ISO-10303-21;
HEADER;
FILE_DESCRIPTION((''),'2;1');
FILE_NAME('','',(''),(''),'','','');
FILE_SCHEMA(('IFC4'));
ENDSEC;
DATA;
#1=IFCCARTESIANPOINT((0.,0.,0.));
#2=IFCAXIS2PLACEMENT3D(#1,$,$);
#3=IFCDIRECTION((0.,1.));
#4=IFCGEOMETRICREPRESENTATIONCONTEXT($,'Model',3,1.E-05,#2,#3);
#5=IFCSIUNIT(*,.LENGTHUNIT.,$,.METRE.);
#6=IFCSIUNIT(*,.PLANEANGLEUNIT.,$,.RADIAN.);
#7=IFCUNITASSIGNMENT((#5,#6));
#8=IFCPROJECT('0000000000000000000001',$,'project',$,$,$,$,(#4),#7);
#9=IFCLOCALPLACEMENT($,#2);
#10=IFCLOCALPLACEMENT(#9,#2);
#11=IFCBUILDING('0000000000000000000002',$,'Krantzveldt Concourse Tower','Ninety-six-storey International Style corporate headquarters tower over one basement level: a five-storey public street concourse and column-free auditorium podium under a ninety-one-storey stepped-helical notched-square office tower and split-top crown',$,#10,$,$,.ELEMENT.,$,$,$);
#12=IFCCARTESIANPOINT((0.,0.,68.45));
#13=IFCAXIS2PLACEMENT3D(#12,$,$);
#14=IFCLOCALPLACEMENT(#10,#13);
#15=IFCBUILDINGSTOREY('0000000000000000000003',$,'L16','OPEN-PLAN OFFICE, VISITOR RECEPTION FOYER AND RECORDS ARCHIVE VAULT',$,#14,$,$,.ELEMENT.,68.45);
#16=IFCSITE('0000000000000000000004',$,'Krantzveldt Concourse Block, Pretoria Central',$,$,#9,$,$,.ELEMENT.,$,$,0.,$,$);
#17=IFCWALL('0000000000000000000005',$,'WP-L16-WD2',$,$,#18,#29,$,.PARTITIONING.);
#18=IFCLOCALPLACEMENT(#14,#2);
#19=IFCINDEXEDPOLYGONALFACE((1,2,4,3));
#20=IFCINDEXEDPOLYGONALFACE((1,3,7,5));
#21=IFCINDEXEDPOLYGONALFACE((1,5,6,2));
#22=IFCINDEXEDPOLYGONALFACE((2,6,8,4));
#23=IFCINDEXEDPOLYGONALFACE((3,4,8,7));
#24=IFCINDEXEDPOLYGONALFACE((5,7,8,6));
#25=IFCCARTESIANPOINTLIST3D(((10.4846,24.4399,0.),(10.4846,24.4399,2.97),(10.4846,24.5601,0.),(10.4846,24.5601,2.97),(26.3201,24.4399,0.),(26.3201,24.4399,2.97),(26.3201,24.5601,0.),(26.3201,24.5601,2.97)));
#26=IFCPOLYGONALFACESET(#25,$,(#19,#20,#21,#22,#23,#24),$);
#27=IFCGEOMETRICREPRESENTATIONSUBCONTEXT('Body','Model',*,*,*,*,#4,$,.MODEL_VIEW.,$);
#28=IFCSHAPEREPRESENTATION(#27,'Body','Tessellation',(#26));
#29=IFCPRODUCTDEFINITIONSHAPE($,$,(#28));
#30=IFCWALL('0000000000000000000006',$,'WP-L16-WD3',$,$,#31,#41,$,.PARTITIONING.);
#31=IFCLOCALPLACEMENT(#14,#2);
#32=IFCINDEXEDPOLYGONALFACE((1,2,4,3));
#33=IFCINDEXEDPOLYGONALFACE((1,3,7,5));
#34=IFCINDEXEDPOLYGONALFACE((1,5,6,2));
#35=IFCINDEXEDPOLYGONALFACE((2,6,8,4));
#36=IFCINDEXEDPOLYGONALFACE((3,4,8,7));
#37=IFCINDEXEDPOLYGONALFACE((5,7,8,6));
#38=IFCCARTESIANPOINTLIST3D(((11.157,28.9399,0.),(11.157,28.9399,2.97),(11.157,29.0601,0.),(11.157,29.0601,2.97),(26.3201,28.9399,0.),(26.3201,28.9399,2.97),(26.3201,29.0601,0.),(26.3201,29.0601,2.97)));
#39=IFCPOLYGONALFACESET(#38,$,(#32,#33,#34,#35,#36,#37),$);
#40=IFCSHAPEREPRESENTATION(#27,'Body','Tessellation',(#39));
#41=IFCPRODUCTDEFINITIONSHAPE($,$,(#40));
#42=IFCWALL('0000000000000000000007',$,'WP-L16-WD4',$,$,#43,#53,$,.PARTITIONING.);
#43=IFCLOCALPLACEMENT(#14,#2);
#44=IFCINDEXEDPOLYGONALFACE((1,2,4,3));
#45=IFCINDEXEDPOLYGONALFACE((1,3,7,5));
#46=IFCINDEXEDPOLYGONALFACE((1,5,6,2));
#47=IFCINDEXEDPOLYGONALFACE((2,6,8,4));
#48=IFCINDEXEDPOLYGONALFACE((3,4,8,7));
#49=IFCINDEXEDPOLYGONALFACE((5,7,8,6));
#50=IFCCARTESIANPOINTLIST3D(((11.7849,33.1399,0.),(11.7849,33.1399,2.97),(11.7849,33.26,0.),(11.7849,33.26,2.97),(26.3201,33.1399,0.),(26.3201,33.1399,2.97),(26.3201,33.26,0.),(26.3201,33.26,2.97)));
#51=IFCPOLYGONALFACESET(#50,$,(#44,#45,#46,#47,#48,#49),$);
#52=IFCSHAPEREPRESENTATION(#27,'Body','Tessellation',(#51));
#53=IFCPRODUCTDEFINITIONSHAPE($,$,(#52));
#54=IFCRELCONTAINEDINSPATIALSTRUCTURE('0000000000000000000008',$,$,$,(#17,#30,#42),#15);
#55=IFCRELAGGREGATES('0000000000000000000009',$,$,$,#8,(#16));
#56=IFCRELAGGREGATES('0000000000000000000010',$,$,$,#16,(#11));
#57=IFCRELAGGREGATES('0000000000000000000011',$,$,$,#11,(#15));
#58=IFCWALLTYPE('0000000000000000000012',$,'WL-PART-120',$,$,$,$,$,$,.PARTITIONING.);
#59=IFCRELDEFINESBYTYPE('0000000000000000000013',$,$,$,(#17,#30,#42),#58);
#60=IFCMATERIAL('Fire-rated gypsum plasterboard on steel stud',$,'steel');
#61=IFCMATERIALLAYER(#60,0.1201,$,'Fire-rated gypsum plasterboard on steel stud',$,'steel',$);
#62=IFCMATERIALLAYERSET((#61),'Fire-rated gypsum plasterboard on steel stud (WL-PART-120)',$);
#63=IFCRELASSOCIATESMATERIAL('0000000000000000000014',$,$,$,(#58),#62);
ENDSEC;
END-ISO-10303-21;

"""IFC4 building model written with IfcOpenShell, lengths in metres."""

from ifc_helpers import new_model, si_unit, direction, frame, frame_2d, origin, place, context, subcontext, project, spatial, rectangle, extrude, material, layer, layer_set, type_object, element, save


model = new_model("IFC4")

# Units and contexts
model_context = context("Model", 3, precision=1e-05, world=origin(), true_north=direction((0.0, 1.0)))
body_context = subcontext(model_context, "Body", "Model", "MODEL_VIEW")
ifc_project = project(units=[si_unit("LENGTHUNIT", "METRE"), si_unit("PLANEANGLEUNIT", "RADIAN")], contexts=[model_context])

# Site, building, storey
site_placement = place(None, origin())
site = spatial("IfcSite", under=ifc_project, at=site_placement, Name="Krantzveldt Concourse Block, Pretoria Central", CompositionType="ELEMENT", RefElevation=0.0)
building_placement = place(site_placement, origin())
building = spatial("IfcBuilding", under=site, at=building_placement, Name="Krantzveldt Concourse Tower", Description="Ninety-six-storey International Style corporate headquarters tower over one basement level: a five-storey public street concourse and column-free auditorium podium under a ninety-one-storey stepped-helical notched-square office tower and split-top crown", CompositionType="ELEMENT")
storey_placement = place(building_placement, frame((0.0, 0.0, 68.45)))
storey = spatial("IfcBuildingStorey", under=building, at=storey_placement, Name="L16", Description="OPEN-PLAN OFFICE, VISITOR RECEPTION FOYER AND RECORDS ARCHIVE VAULT", CompositionType="ELEMENT", Elevation=68.45)

# Walls
ifc_material_1 = material(Name="Fire-rated gypsum plasterboard on steel stud", Category="steel")
ifc_layer_1 = layer(ifc_material_1, 0.1201, Name="Fire-rated gypsum plasterboard on steel stud", Category="steel")
ifc_layer_set_1 = layer_set([ifc_layer_1], Name="Fire-rated gypsum plasterboard on steel stud (WL-PART-120)")
wall_type = type_object("IfcWallType", Name="WL-PART-120", PredefinedType="PARTITIONING", material=ifc_layer_set_1)
wall_1_placement = place(storey_placement, frame((10.4846, 24.5, 0.0), z_axis=(0.0, 0.0, 1.0), x_axis=(1.0, 0.0, 0.0)))
element("IfcWall", 1, at=wall_1_placement, inside=storey, type_object=wall_type, Name="WP-L16-WD2", PredefinedType="PARTITIONING", context=body_context, shape_type="SweptSolid", body=[
    extrude(rectangle(XDim=15.8354, YDim=0.1201, at=frame_2d((7.9177, 0.0))), origin(), (0.0, 0.0, 1.0), 2.97),
])
wall_2_placement = place(storey_placement, frame((11.157, 29.0, 0.0), z_axis=(0.0, 0.0, 1.0), x_axis=(1.0, 0.0, 0.0)))
element("IfcWall", 2, at=wall_2_placement, inside=storey, type_object=wall_type, Name="WP-L16-WD3", PredefinedType="PARTITIONING", context=body_context, shape_type="SweptSolid", body=[
    extrude(rectangle(XDim=15.1631, YDim=0.1201, at=frame_2d((7.5815, 0.0))), origin(), (0.0, 0.0, 1.0), 2.97),
])
wall_3_placement = place(storey_placement, frame((11.7849, 33.2, 0.0), z_axis=(0.0, 0.0, 1.0), x_axis=(1.0, 0.0, 0.0)))
element("IfcWall", 3, at=wall_3_placement, inside=storey, type_object=wall_type, Name="WP-L16-WD4", PredefinedType="PARTITIONING", context=body_context, shape_type="SweptSolid", body=[
    extrude(rectangle(XDim=14.5352, YDim=0.1201, at=frame_2d((7.2676, 0.0))), origin(), (0.0, 0.0, 1.0), 2.97),
])

save(model, "model.ifc")
